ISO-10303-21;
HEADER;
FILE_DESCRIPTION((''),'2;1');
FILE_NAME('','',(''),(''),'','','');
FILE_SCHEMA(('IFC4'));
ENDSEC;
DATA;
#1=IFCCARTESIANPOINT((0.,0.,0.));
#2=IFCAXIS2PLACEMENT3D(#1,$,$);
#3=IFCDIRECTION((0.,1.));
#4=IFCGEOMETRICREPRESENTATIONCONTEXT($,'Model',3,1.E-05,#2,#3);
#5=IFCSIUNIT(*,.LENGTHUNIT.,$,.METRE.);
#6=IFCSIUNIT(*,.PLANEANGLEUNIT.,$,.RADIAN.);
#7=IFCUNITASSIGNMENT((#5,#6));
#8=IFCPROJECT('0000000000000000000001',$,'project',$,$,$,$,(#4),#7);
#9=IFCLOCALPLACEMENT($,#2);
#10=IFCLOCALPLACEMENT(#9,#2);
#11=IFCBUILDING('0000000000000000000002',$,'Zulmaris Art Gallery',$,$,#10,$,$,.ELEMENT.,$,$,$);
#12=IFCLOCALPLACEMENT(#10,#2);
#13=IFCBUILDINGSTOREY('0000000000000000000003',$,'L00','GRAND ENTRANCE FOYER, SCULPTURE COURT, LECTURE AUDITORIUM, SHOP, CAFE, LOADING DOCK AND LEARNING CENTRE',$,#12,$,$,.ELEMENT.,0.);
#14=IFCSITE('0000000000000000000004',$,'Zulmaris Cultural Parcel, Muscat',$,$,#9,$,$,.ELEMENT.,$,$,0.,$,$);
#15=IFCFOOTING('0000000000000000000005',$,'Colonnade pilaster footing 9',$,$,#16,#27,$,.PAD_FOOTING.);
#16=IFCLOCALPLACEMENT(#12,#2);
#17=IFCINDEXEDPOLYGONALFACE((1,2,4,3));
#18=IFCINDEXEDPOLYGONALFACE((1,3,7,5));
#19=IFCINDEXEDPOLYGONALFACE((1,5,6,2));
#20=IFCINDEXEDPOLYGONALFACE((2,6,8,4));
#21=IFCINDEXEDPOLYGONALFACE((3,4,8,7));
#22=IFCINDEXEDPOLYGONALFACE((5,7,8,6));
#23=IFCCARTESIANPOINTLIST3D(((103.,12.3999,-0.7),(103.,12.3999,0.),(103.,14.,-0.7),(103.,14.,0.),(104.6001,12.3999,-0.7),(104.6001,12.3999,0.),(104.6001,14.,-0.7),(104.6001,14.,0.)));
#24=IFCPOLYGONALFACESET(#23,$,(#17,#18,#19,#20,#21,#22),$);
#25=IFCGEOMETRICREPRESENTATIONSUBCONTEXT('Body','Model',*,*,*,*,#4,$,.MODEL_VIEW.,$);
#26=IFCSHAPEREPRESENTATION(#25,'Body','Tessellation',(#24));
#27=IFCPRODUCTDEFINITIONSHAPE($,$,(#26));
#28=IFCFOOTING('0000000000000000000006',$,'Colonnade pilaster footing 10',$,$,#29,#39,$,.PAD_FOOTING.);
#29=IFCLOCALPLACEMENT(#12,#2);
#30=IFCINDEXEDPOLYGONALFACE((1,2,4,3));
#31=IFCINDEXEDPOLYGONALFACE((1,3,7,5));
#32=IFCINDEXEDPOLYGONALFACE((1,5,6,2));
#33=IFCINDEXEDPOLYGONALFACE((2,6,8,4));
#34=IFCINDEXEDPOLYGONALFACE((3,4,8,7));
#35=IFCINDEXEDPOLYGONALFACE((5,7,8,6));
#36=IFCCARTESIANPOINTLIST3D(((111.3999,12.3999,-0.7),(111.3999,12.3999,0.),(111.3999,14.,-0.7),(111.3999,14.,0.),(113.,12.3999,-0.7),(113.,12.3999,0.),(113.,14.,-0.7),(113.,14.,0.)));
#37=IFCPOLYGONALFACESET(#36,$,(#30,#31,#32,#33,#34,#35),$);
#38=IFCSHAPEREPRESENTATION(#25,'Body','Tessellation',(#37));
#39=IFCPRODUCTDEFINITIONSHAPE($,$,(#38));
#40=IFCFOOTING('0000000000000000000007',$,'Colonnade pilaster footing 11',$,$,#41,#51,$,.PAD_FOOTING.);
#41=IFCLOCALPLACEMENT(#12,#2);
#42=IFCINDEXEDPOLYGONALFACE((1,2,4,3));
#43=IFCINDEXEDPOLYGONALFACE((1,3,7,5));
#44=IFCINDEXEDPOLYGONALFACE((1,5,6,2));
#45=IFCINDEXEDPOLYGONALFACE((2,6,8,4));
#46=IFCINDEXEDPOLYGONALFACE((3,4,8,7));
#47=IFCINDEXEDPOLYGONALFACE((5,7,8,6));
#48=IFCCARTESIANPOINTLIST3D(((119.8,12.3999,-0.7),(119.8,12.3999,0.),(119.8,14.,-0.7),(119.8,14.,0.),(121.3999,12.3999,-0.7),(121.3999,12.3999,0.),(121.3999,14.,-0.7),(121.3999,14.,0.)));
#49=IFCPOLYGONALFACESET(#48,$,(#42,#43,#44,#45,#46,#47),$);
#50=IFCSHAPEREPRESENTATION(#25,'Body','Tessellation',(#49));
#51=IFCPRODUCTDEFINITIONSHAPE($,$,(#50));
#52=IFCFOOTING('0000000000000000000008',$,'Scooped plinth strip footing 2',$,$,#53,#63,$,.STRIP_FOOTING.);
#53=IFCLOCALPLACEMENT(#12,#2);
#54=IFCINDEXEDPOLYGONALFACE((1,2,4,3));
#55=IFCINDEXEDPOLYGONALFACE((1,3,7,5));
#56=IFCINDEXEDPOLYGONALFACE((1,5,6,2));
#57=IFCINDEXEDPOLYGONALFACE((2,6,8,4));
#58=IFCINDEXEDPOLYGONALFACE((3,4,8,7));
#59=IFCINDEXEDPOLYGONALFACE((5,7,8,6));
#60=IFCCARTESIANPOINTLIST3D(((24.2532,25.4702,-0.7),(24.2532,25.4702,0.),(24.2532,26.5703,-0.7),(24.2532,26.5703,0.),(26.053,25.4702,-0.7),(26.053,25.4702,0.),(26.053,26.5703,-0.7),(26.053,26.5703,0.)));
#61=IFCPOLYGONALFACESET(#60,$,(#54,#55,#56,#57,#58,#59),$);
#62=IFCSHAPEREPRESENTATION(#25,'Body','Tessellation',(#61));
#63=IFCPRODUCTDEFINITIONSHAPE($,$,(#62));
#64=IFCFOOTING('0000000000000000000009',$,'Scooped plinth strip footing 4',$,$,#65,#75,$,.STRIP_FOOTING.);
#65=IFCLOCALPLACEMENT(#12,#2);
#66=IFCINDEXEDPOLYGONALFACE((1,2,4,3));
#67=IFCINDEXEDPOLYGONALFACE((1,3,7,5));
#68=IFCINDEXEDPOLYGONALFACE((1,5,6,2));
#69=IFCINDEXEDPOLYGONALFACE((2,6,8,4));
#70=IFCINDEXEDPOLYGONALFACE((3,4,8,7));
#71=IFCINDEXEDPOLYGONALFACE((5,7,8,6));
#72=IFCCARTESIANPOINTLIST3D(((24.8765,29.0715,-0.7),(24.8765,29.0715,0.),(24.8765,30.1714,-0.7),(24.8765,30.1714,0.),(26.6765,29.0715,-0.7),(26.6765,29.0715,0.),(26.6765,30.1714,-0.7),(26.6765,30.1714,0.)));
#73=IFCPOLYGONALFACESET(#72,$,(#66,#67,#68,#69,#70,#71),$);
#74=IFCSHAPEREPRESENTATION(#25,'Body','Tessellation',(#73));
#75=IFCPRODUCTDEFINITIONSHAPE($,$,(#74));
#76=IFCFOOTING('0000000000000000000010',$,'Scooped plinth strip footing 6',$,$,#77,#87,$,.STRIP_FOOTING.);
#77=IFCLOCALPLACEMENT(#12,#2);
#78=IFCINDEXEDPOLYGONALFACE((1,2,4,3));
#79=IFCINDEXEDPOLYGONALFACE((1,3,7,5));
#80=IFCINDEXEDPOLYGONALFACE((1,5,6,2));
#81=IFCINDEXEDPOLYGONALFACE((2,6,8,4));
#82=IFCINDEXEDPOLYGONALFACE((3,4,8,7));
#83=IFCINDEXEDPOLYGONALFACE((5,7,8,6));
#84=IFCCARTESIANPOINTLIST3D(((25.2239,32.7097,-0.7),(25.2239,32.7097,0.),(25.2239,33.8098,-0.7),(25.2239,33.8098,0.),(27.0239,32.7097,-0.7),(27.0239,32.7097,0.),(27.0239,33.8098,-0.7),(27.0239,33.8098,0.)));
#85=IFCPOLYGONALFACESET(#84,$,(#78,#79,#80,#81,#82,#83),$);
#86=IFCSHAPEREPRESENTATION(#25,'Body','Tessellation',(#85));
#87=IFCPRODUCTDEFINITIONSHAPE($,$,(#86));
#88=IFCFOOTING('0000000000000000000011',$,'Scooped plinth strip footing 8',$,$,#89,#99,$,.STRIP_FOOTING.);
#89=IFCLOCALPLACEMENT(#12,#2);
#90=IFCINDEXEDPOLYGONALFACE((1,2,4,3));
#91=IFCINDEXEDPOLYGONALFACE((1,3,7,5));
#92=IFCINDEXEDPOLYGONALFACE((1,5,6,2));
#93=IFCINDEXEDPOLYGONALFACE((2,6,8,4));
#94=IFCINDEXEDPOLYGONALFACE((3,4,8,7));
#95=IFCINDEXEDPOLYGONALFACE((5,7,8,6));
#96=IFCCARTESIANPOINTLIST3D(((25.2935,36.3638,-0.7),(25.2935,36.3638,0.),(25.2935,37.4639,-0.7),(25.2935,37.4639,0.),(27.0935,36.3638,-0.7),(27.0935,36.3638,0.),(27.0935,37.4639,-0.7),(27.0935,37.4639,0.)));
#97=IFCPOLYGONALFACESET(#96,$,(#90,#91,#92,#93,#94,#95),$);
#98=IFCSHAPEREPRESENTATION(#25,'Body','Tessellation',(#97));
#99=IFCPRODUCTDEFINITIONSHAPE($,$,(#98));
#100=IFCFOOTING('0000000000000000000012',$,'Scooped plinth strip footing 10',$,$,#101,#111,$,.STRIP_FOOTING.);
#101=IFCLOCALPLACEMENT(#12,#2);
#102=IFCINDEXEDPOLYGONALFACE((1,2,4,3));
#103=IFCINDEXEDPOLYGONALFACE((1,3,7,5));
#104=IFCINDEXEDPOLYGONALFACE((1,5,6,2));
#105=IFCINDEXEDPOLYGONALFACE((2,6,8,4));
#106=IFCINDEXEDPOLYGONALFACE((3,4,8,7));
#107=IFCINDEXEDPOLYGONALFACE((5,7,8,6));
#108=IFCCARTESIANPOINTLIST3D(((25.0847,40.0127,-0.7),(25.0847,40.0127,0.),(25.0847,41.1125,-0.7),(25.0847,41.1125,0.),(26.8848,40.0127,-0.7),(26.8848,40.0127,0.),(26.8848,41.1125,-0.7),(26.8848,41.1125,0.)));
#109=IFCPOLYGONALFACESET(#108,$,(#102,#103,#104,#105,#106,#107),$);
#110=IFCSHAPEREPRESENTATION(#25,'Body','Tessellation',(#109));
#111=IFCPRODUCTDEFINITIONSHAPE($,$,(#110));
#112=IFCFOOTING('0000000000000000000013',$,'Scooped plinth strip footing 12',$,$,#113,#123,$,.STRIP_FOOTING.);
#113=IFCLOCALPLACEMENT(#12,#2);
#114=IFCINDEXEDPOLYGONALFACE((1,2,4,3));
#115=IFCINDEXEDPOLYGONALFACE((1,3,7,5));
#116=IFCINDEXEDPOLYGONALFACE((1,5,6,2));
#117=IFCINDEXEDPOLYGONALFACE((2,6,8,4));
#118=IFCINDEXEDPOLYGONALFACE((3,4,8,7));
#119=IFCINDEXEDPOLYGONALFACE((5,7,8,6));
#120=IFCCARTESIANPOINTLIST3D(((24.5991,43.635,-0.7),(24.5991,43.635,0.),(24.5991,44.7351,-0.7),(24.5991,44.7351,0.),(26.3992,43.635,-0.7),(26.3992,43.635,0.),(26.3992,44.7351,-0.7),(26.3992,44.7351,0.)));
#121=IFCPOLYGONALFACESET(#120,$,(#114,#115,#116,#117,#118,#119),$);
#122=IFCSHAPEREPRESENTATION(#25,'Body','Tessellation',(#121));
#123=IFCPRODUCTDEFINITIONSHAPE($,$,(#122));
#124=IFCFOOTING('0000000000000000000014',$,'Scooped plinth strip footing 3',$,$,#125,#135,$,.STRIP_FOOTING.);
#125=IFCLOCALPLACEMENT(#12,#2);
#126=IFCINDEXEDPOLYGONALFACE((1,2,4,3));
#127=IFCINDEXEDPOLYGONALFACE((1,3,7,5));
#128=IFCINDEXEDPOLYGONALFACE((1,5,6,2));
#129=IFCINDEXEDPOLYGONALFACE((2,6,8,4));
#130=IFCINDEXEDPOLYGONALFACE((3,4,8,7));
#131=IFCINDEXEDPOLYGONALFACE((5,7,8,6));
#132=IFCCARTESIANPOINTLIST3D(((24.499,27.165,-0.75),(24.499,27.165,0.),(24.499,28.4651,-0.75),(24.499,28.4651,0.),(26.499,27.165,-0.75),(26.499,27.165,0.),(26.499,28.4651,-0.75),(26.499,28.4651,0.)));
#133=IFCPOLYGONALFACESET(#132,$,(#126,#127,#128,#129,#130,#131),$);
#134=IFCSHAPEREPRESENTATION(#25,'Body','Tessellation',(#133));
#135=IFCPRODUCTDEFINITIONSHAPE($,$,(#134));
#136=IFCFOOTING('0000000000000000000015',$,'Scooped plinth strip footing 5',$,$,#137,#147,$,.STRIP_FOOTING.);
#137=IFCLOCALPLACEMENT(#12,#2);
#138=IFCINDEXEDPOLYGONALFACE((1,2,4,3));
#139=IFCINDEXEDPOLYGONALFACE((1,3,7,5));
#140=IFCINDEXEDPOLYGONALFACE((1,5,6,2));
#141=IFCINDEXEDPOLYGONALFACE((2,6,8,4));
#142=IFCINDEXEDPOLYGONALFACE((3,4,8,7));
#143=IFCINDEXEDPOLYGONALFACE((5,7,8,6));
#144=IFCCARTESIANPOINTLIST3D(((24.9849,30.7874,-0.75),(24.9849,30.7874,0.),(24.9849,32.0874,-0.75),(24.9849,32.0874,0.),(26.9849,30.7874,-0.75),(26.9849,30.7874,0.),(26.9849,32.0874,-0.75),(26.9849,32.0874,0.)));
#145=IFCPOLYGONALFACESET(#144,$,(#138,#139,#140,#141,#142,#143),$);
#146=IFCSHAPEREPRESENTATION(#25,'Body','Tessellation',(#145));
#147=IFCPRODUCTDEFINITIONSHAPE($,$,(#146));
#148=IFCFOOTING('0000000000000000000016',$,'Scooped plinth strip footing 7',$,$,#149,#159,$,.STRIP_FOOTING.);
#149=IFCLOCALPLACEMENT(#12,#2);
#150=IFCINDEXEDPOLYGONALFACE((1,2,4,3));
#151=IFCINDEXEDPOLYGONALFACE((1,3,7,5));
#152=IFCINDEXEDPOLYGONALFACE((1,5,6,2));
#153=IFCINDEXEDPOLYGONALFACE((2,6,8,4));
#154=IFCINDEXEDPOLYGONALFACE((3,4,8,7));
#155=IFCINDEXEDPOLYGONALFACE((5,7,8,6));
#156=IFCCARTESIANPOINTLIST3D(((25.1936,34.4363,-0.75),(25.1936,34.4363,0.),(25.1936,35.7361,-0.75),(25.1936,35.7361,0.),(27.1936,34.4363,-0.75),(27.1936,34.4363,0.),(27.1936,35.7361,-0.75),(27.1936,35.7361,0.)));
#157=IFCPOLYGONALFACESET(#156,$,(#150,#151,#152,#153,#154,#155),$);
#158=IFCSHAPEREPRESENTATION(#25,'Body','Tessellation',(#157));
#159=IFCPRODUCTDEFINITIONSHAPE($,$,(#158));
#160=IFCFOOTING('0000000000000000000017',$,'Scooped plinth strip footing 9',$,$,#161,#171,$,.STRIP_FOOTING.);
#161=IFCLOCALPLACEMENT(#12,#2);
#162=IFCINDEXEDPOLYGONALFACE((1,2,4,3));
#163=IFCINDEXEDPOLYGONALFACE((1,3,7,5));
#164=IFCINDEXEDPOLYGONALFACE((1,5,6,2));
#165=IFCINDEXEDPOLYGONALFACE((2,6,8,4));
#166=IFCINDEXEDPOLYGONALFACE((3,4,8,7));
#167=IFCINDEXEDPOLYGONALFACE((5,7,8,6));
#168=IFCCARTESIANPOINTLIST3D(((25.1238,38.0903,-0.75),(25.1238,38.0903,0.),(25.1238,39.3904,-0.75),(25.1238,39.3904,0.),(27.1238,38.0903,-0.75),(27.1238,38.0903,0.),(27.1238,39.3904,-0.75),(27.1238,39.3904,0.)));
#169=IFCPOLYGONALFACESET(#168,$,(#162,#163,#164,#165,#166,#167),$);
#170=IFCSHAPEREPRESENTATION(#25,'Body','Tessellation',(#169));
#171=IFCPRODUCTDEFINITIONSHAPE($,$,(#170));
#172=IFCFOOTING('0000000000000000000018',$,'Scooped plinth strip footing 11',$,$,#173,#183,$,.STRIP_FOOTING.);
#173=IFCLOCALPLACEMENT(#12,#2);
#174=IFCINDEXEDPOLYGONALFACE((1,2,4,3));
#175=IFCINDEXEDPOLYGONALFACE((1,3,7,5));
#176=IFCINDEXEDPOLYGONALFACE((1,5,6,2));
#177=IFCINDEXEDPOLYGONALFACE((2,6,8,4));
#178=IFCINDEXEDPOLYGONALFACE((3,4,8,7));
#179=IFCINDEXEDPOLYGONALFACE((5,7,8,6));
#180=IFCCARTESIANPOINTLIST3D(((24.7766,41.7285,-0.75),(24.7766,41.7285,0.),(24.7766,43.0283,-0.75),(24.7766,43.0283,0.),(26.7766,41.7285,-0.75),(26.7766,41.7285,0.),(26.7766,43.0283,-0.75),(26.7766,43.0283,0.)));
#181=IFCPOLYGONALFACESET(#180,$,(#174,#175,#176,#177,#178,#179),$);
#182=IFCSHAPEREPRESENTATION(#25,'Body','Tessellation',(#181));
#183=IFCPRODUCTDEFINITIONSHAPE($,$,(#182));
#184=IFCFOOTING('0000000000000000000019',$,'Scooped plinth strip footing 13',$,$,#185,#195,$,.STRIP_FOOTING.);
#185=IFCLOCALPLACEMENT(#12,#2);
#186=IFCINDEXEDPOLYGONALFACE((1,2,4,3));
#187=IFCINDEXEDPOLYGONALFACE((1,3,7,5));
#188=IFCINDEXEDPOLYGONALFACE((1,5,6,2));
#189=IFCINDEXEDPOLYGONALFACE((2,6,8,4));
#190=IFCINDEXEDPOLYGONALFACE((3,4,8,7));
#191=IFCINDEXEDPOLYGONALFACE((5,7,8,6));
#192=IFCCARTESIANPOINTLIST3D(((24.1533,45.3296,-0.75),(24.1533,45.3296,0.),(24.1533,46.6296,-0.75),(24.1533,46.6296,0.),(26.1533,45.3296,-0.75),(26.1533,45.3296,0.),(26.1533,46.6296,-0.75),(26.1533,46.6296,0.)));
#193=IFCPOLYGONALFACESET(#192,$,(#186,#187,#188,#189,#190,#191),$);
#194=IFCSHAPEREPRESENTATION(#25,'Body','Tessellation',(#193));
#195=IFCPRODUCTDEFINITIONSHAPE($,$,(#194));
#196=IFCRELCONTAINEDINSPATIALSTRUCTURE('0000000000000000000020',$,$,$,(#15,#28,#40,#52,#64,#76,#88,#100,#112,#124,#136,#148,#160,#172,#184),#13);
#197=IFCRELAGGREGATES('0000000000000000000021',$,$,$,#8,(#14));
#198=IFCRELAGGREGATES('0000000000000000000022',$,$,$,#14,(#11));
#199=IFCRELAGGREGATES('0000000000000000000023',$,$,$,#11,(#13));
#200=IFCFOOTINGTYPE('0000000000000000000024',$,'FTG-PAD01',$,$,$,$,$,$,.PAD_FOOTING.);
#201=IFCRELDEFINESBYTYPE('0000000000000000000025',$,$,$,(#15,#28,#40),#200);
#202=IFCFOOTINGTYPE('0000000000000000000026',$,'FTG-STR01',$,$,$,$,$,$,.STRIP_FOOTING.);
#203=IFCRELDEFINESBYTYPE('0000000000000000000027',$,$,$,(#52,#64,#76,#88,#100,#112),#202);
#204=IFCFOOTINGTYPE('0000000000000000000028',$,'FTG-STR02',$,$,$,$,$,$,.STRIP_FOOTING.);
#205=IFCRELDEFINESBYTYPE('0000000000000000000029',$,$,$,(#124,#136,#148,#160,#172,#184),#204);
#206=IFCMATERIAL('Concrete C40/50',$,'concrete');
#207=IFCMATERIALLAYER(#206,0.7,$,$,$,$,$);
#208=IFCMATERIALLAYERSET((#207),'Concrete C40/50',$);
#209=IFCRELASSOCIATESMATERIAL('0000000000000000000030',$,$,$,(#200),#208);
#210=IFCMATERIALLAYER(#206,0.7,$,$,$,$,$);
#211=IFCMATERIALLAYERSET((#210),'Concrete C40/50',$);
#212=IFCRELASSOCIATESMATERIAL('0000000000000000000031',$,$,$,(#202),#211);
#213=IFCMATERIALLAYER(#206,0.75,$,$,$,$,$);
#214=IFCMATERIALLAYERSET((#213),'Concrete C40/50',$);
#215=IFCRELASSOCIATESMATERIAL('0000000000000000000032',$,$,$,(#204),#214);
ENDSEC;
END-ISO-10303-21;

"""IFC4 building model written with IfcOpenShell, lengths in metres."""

from ifc_helpers import new_model, si_unit, direction, frame, origin, place, context, subcontext, project, spatial, polyline, outline, extrude, material, layer, layer_set, type_object, element, save


model = new_model("IFC4")

# Units and contexts
model_context = context("Model", 3, precision=1e-05, world=origin(), true_north=direction((0.0, 1.0)))
body_context = subcontext(model_context, "Body", "Model", "MODEL_VIEW")
ifc_project = project(units=[si_unit("LENGTHUNIT", "METRE"), si_unit("PLANEANGLEUNIT", "RADIAN")], contexts=[model_context])

# Site, building, storey
site_placement = place(None, origin())
site = spatial("IfcSite", under=ifc_project, at=site_placement, Name="Zulmaris Cultural Parcel, Muscat", CompositionType="ELEMENT", RefElevation=0.0)
building_placement = place(site_placement, origin())
building = spatial("IfcBuilding", under=site, at=building_placement, Name="Zulmaris Art Gallery", CompositionType="ELEMENT")
storey_placement = place(building_placement, origin())
storey = spatial("IfcBuildingStorey", under=building, at=storey_placement, Name="L00", Description="GRAND ENTRANCE FOYER, SCULPTURE COURT, LECTURE AUDITORIUM, SHOP, CAFE, LOADING DOCK AND LEARNING CENTRE", CompositionType="ELEMENT", Elevation=0.0)

# Footings
ifc_material = material(Name="Concrete C40/50", Category="concrete")
ifc_layer_1 = layer(ifc_material, 0.7)
ifc_layer_set_1 = layer_set([ifc_layer_1], Name="Concrete C40/50")
footing_type_1 = type_object("IfcFootingType", Name="FTG-PAD01", PredefinedType="PAD_FOOTING", material=ifc_layer_set_1)
footing_1_placement = place(storey_placement, frame((0.0, 0.0, -0.7)))
element("IfcFooting", 1, at=footing_1_placement, inside=storey, type_object=footing_type_1, Name="Colonnade pilaster footing 9", PredefinedType="PAD_FOOTING", context=body_context, shape_type="SweptSolid", body=[
    extrude(outline(polyline([(103.0, 12.3999), (104.6001, 12.3999), (104.6001, 14.0), (103.0, 14.0), (103.0, 12.3999)])), origin(), (0.0, 0.0, 1.0), 0.7),
])
footing_2_placement = place(storey_placement, frame((0.0, 0.0, -0.7)))
element("IfcFooting", 2, at=footing_2_placement, inside=storey, type_object=footing_type_1, Name="Colonnade pilaster footing 10", PredefinedType="PAD_FOOTING", context=body_context, shape_type="SweptSolid", body=[
    extrude(outline(polyline([(111.3999, 12.3999), (113.0, 12.3999), (113.0, 14.0), (111.3999, 14.0), (111.3999, 12.3999)])), origin(), (0.0, 0.0, 1.0), 0.7),
])
footing_3_placement = place(storey_placement, frame((0.0, 0.0, -0.7)))
element("IfcFooting", 3, at=footing_3_placement, inside=storey, type_object=footing_type_1, Name="Colonnade pilaster footing 11", PredefinedType="PAD_FOOTING", context=body_context, shape_type="SweptSolid", body=[
    extrude(outline(polyline([(119.8, 12.3999), (121.3999, 12.3999), (121.3999, 14.0), (119.8, 14.0), (119.8, 12.3999)])), origin(), (0.0, 0.0, 1.0), 0.7),
])
ifc_layer_2 = layer(ifc_material, 0.7)
ifc_layer_set_2 = layer_set([ifc_layer_2], Name="Concrete C40/50")
footing_type_2 = type_object("IfcFootingType", Name="FTG-STR01", PredefinedType="STRIP_FOOTING", material=ifc_layer_set_2)
footing_4_placement = place(storey_placement, frame((0.0, 0.0, -0.7)))
element("IfcFooting", 4, at=footing_4_placement, inside=storey, type_object=footing_type_2, Name="Scooped plinth strip footing 2", PredefinedType="STRIP_FOOTING", context=body_context, shape_type="SweptSolid", body=[
    extrude(outline(polyline([(24.2532, 25.4702), (26.053, 25.4702), (26.053, 26.5703), (24.2532, 26.5703), (24.2532, 25.4702)])), origin(), (0.0, 0.0, 1.0), 0.7),
])
footing_5_placement = place(storey_placement, frame((0.0, 0.0, -0.7)))
element("IfcFooting", 5, at=footing_5_placement, inside=storey, type_object=footing_type_2, Name="Scooped plinth strip footing 4", PredefinedType="STRIP_FOOTING", context=body_context, shape_type="SweptSolid", body=[
    extrude(outline(polyline([(24.8765, 29.0715), (26.6765, 29.0715), (26.6765, 30.1714), (24.8765, 30.1714), (24.8765, 29.0715)])), origin(), (0.0, 0.0, 1.0), 0.7),
])
footing_6_placement = place(storey_placement, frame((0.0, 0.0, -0.7)))
element("IfcFooting", 6, at=footing_6_placement, inside=storey, type_object=footing_type_2, Name="Scooped plinth strip footing 6", PredefinedType="STRIP_FOOTING", context=body_context, shape_type="SweptSolid", body=[
    extrude(outline(polyline([(25.2239, 32.7097), (27.0239, 32.7097), (27.0239, 33.8098), (25.2239, 33.8098), (25.2239, 32.7097)])), origin(), (0.0, 0.0, 1.0), 0.7),
])
footing_7_placement = place(storey_placement, frame((0.0, 0.0, -0.7)))
element("IfcFooting", 7, at=footing_7_placement, inside=storey, type_object=footing_type_2, Name="Scooped plinth strip footing 8", PredefinedType="STRIP_FOOTING", context=body_context, shape_type="SweptSolid", body=[
    extrude(outline(polyline([(25.2935, 36.3638), (27.0935, 36.3638), (27.0935, 37.4639), (25.2935, 37.4639), (25.2935, 36.3638)])), origin(), (0.0, 0.0, 1.0), 0.7),
])
footing_8_placement = place(storey_placement, frame((0.0, 0.0, -0.7)))
element("IfcFooting", 8, at=footing_8_placement, inside=storey, type_object=footing_type_2, Name="Scooped plinth strip footing 10", PredefinedType="STRIP_FOOTING", context=body_context, shape_type="SweptSolid", body=[
    extrude(outline(polyline([(25.0847, 40.0127), (26.8848, 40.0127), (26.8848, 41.1125), (25.0847, 41.1125), (25.0847, 40.0127)])), origin(), (0.0, 0.0, 1.0), 0.7),
])
footing_9_placement = place(storey_placement, frame((0.0, 0.0, -0.7)))
element("IfcFooting", 9, at=footing_9_placement, inside=storey, type_object=footing_type_2, Name="Scooped plinth strip footing 12", PredefinedType="STRIP_FOOTING", context=body_context, shape_type="SweptSolid", body=[
    extrude(outline(polyline([(24.5991, 43.635), (26.3992, 43.635), (26.3992, 44.7351), (24.5991, 44.7351), (24.5991, 43.635)])), origin(), (0.0, 0.0, 1.0), 0.7),
])
ifc_layer_3 = layer(ifc_material, 0.75)
ifc_layer_set_3 = layer_set([ifc_layer_3], Name="Concrete C40/50")
footing_type_3 = type_object("IfcFootingType", Name="FTG-STR02", PredefinedType="STRIP_FOOTING", material=ifc_layer_set_3)
footing_10_placement = place(storey_placement, frame((0.0, 0.0, -0.75)))
element("IfcFooting", 10, at=footing_10_placement, inside=storey, type_object=footing_type_3, Name="Scooped plinth strip footing 3", PredefinedType="STRIP_FOOTING", context=body_context, shape_type="SweptSolid", body=[
    extrude(outline(polyline([(24.499, 27.165), (26.499, 27.165), (26.499, 28.4651), (24.499, 28.4651), (24.499, 27.165)])), origin(), (0.0, 0.0, 1.0), 0.75),
])
footing_11_placement = place(storey_placement, frame((0.0, 0.0, -0.75)))
element("IfcFooting", 11, at=footing_11_placement, inside=storey, type_object=footing_type_3, Name="Scooped plinth strip footing 5", PredefinedType="STRIP_FOOTING", context=body_context, shape_type="SweptSolid", body=[
    extrude(outline(polyline([(24.9849, 30.7874), (26.9849, 30.7874), (26.9849, 32.0874), (24.9849, 32.0874), (24.9849, 30.7874)])), origin(), (0.0, 0.0, 1.0), 0.75),
])
footing_12_placement = place(storey_placement, frame((0.0, 0.0, -0.75)))
element("IfcFooting", 12, at=footing_12_placement, inside=storey, type_object=footing_type_3, Name="Scooped plinth strip footing 7", PredefinedType="STRIP_FOOTING", context=body_context, shape_type="SweptSolid", body=[
    extrude(outline(polyline([(25.1936, 34.4363), (27.1936, 34.4363), (27.1936, 35.7361), (25.1936, 35.7361), (25.1936, 34.4363)])), origin(), (0.0, 0.0, 1.0), 0.75),
])
footing_13_placement = place(storey_placement, frame((0.0, 0.0, -0.75)))
element("IfcFooting", 13, at=footing_13_placement, inside=storey, type_object=footing_type_3, Name="Scooped plinth strip footing 9", PredefinedType="STRIP_FOOTING", context=body_context, shape_type="SweptSolid", body=[
    extrude(outline(polyline([(25.1238, 38.0903), (27.1238, 38.0903), (27.1238, 39.3904), (25.1238, 39.3904), (25.1238, 38.0903)])), origin(), (0.0, 0.0, 1.0), 0.75),
])
footing_14_placement = place(storey_placement, frame((0.0, 0.0, -0.75)))
element("IfcFooting", 14, at=footing_14_placement, inside=storey, type_object=footing_type_3, Name="Scooped plinth strip footing 11", PredefinedType="STRIP_FOOTING", context=body_context, shape_type="SweptSolid", body=[
    extrude(outline(polyline([(24.7766, 41.7285), (26.7766, 41.7285), (26.7766, 43.0283), (24.7766, 43.0283), (24.7766, 41.7285)])), origin(), (0.0, 0.0, 1.0), 0.75),
])
footing_15_placement = place(storey_placement, frame((0.0, 0.0, -0.75)))
element("IfcFooting", 15, at=footing_15_placement, inside=storey, type_object=footing_type_3, Name="Scooped plinth strip footing 13", PredefinedType="STRIP_FOOTING", context=body_context, shape_type="SweptSolid", body=[
    extrude(outline(polyline([(24.1533, 45.3296), (26.1533, 45.3296), (26.1533, 46.6296), (24.1533, 46.6296), (24.1533, 45.3296)])), origin(), (0.0, 0.0, 1.0), 0.75),
])

save(model, "model.ifc")
